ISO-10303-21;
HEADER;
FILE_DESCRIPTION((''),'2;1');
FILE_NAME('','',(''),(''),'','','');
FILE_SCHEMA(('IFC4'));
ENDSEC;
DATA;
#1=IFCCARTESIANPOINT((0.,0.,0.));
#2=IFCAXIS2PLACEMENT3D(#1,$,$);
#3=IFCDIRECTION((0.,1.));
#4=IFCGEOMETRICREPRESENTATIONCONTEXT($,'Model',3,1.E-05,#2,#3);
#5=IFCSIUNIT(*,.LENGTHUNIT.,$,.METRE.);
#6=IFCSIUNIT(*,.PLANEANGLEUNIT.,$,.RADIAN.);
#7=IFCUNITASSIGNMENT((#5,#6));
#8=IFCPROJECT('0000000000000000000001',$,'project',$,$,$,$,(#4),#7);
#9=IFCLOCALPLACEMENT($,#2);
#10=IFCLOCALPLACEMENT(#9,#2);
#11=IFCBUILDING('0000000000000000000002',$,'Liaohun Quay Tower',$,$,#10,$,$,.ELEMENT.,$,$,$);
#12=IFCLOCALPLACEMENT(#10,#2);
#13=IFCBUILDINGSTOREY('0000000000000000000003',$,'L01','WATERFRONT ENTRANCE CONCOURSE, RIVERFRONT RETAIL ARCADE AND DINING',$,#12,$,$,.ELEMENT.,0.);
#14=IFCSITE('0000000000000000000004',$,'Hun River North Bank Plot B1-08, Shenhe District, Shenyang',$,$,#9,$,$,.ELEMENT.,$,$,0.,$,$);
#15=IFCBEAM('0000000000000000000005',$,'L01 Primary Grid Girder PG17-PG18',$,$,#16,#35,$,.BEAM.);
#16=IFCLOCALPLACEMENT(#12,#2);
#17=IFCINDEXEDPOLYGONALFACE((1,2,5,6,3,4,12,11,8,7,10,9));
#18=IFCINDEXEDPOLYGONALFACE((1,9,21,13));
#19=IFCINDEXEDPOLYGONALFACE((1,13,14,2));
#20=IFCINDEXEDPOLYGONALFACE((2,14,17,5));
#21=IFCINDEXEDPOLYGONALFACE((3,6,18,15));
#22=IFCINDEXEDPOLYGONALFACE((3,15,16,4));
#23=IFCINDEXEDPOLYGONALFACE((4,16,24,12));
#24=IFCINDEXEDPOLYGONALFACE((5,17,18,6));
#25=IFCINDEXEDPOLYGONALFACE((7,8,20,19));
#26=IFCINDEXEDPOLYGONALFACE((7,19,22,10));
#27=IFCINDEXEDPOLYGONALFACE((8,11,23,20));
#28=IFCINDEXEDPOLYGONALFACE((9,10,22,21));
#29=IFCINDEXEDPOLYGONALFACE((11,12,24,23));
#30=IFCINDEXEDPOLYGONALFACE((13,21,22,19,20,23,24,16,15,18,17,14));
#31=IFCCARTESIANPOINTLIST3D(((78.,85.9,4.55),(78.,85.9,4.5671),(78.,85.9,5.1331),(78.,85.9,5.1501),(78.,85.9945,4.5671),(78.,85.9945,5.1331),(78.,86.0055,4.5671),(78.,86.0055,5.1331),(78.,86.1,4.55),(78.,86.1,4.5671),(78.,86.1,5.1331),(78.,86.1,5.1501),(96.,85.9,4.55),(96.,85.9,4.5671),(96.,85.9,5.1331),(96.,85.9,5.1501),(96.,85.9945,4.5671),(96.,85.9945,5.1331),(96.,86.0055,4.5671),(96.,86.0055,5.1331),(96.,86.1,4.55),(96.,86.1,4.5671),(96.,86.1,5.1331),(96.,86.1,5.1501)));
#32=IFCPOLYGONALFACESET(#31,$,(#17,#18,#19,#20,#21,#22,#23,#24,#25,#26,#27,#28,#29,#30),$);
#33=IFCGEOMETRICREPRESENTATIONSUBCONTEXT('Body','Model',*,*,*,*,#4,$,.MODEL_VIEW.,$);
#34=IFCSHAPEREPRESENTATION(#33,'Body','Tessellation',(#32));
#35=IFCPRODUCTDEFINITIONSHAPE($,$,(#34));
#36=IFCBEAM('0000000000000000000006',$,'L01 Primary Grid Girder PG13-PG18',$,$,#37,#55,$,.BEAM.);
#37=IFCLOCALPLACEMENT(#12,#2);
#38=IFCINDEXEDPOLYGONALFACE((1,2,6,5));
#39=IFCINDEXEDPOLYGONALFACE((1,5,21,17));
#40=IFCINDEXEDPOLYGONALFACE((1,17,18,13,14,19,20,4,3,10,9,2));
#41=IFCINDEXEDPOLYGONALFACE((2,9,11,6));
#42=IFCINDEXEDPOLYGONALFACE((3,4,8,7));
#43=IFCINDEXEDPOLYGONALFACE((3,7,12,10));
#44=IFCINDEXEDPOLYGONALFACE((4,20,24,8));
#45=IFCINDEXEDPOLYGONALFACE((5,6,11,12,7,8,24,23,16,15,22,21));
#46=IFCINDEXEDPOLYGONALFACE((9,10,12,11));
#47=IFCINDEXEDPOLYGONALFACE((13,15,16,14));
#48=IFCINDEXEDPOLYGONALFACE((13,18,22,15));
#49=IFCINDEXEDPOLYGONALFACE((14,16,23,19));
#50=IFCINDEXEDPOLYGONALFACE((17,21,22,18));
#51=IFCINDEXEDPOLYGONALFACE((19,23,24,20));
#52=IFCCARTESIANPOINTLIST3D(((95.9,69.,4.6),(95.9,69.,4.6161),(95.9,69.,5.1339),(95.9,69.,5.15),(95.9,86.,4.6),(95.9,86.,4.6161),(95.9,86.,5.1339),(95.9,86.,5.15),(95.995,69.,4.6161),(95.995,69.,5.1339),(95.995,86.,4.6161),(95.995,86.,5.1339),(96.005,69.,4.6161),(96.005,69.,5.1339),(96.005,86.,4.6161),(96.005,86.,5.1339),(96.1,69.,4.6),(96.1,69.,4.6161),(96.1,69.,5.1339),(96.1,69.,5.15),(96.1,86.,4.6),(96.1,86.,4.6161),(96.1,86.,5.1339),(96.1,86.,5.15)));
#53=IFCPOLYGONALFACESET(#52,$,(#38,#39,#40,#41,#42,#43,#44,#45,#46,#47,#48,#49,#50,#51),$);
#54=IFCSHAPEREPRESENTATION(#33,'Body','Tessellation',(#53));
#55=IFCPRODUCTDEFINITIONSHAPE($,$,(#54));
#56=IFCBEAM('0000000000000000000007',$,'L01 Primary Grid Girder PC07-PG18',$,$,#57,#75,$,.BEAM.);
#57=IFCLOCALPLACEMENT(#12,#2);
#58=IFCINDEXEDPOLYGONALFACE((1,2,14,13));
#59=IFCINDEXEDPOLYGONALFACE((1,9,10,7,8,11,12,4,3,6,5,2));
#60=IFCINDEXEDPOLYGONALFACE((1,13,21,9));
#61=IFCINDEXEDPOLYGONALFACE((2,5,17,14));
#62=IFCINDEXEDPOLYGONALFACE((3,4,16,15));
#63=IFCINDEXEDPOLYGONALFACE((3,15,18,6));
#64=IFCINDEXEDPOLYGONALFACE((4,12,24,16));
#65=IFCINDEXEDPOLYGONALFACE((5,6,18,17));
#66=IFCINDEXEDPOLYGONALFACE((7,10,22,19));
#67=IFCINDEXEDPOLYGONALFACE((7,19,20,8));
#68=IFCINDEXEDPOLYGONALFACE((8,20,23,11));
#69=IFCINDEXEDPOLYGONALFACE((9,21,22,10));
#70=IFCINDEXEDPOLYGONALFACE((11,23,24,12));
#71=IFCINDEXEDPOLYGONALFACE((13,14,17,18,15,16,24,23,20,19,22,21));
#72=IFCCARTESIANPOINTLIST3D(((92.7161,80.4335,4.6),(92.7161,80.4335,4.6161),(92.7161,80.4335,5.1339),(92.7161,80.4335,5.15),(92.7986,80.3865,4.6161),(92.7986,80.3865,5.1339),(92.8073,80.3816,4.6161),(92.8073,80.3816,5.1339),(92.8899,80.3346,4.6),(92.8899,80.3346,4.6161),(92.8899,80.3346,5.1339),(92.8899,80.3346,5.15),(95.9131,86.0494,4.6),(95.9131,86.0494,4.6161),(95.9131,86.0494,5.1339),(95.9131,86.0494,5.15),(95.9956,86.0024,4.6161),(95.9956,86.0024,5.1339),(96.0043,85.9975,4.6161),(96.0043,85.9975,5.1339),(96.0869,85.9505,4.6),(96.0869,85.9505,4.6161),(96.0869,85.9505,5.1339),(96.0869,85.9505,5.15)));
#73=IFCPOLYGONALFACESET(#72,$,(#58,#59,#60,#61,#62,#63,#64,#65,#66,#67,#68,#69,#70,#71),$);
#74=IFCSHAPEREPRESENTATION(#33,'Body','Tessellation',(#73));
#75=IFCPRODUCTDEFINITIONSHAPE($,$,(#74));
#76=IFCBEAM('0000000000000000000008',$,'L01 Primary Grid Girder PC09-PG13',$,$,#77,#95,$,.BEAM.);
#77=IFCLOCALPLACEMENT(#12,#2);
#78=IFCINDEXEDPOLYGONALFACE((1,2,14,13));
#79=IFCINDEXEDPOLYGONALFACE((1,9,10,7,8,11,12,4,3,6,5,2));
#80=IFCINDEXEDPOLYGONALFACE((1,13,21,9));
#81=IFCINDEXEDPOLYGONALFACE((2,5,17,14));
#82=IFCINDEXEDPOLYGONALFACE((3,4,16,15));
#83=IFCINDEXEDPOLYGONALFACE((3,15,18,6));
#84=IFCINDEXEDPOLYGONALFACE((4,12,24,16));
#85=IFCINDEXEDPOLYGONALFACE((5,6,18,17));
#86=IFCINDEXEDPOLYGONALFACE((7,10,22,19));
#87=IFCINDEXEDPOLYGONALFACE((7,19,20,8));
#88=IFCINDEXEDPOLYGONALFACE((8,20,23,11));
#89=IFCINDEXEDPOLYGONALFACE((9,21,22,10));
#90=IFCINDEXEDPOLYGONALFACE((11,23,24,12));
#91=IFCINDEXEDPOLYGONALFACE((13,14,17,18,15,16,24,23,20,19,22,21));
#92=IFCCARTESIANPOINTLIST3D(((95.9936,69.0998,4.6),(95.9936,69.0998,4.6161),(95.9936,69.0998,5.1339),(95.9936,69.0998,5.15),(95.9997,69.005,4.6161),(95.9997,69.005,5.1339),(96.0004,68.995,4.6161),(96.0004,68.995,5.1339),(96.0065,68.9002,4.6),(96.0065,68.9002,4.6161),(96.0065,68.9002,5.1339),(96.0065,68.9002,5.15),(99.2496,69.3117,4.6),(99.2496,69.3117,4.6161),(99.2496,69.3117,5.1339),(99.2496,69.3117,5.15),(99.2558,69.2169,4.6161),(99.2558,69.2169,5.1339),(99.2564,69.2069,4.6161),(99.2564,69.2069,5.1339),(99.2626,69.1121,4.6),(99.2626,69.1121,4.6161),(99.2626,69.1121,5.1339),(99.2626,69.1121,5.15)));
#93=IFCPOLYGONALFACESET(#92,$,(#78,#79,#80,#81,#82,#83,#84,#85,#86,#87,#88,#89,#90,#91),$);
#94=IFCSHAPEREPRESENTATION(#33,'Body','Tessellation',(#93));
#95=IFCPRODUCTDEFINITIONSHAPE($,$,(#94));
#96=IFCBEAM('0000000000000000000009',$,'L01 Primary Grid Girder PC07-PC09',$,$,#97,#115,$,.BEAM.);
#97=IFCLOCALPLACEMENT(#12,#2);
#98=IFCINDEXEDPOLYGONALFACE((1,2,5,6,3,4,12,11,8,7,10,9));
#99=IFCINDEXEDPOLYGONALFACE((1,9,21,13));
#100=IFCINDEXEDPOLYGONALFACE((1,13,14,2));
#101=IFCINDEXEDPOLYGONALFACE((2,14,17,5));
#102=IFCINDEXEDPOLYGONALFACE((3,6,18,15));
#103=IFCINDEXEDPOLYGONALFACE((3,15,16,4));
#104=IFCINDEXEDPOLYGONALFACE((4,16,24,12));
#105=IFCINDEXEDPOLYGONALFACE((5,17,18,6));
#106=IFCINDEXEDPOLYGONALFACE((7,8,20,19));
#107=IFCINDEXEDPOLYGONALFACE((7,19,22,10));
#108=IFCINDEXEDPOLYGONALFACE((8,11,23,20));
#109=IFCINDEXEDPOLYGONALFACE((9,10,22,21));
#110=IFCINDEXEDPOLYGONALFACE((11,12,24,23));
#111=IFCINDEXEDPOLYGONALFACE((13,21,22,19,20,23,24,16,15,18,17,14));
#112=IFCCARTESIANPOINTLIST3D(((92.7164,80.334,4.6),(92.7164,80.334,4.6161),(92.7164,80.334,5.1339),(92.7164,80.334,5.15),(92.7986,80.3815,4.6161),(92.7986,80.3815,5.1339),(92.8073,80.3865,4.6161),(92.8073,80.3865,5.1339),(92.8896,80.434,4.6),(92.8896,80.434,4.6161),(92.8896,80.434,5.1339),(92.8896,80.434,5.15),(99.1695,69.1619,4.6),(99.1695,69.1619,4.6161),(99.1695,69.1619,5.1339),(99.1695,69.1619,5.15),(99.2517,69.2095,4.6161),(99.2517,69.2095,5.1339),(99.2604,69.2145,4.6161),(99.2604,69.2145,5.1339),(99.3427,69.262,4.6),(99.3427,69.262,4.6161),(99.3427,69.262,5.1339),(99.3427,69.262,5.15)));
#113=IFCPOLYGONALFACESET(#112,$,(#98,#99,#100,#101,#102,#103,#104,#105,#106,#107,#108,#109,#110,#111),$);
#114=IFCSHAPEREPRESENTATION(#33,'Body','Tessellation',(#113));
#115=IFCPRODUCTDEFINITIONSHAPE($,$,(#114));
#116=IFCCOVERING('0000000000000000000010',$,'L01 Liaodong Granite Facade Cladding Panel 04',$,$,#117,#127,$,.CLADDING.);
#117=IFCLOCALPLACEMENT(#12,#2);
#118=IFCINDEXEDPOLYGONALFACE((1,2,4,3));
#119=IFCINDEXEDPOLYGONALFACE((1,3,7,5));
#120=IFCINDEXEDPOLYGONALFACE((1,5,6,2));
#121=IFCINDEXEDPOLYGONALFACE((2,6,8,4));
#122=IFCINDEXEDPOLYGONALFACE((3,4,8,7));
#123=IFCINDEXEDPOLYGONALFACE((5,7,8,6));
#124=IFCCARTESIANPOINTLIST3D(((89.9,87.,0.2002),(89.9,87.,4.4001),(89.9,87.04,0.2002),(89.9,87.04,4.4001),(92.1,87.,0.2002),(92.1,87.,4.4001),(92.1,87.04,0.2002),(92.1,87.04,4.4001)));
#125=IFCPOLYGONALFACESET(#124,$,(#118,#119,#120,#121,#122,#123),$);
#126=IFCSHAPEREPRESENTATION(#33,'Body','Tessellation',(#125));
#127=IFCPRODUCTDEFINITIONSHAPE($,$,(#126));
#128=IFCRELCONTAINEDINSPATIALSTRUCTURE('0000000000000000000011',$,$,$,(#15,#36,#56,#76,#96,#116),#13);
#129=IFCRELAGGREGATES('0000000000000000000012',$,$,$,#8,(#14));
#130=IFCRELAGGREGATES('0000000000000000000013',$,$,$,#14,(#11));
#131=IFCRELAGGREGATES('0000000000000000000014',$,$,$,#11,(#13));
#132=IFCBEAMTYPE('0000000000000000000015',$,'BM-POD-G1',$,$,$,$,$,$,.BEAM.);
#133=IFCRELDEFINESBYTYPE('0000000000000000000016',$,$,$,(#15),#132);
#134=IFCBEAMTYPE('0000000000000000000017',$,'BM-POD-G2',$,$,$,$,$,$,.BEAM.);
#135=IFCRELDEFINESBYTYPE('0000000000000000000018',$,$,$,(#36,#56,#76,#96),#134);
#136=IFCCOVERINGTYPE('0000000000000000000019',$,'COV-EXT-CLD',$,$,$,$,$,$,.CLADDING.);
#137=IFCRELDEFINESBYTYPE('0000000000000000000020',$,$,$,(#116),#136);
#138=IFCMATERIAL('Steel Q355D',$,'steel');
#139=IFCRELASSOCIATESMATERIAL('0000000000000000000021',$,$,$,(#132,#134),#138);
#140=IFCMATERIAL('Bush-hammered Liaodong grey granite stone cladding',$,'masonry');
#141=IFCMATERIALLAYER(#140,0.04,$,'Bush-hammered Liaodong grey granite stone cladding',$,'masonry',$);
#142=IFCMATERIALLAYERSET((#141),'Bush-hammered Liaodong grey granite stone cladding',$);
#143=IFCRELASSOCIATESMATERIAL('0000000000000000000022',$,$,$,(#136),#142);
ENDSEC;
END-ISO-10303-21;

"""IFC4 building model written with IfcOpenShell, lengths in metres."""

from ifc_helpers import new_model, si_unit, direction, frame, origin, origin_2d, place, context, subcontext, project, spatial, rectangle, i_section, extrude, source, transform, mapped, material, layer, layer_set, material_profile, profile_set, type_object, element, save


model = new_model("IFC4")

# Units and contexts
model_context = context("Model", 3, precision=1e-05, world=origin(), true_north=direction((0.0, 1.0)))
body_context = subcontext(model_context, "Body", "Model", "MODEL_VIEW")
ifc_project = project(units=[si_unit("LENGTHUNIT", "METRE"), si_unit("PLANEANGLEUNIT", "RADIAN")], contexts=[model_context])

# Site, building, storey
site_placement = place(None, origin())
site = spatial("IfcSite", under=ifc_project, at=site_placement, Name="Hun River North Bank Plot B1-08, Shenhe District, Shenyang", CompositionType="ELEMENT", RefElevation=0.0)
building_placement = place(site_placement, origin())
building = spatial("IfcBuilding", under=site, at=building_placement, Name="Liaohun Quay Tower", CompositionType="ELEMENT")
storey_placement = place(building_placement, origin())
storey = spatial("IfcBuildingStorey", under=building, at=storey_placement, Name="L01", Description="WATERFRONT ENTRANCE CONCOURSE, RIVERFRONT RETAIL ARCADE AND DINING", CompositionType="ELEMENT", Elevation=0.0)

# Beams
ifc_material_1 = material(Name="Steel Q355D", Category="steel")
ifc_material_profile_1 = material_profile(ifc_material_1, i_section(OverallWidth=0.2, OverallDepth=0.6001, WebThickness=0.011, FlangeThickness=0.0171, at=origin_2d()), Name="HN600x200x11x17")
ifc_profile_set_1 = profile_set([ifc_material_profile_1], Name="Steel Q355D")
beam_type_1 = type_object("IfcBeamType", Name="BM-POD-G1", PredefinedType="BEAM", material=ifc_profile_set_1)
shared_shape_1 = source(origin(), body_context, "Body", "SweptSolid", [
    extrude(i_section(OverallWidth=0.2, OverallDepth=0.6001, WebThickness=0.011, FlangeThickness=0.0171, at=origin_2d()), origin(), (0.0, 0.0, 1.0), 18.0),
])
beam_1_placement = place(storey_placement, frame((78.0, 86.0, 4.8501), z_axis=(1.0, 0.0, 0.0), x_axis=(0.0, 1.0, 0.0)))
element("IfcBeam", 1, at=beam_1_placement, inside=storey, type_object=beam_type_1, Name="L01 Primary Grid Girder PG17-PG18", PredefinedType="BEAM", context=body_context, shape_type="MappedRepresentation", body=[
    mapped(shared_shape_1, transform((0.0, 0.0, 0.0), x_axis=(1.0, 0.0, 0.0), y_axis=(0.0, 1.0, 0.0), z_axis=(0.0, 0.0, 1.0), scale=1.0)),
])
ifc_material_profile_2 = material_profile(ifc_material_1, i_section(OverallWidth=0.2, OverallDepth=0.55, WebThickness=0.01, FlangeThickness=0.0161, at=origin_2d()), Name="HN550x200x10x16")
ifc_profile_set_2 = profile_set([ifc_material_profile_2], Name="Steel Q355D")
beam_type_2 = type_object("IfcBeamType", Name="BM-POD-G2", PredefinedType="BEAM", material=ifc_profile_set_2)
shared_shape_2 = source(origin(), body_context, "Body", "SweptSolid", [
    extrude(i_section(OverallWidth=0.2, OverallDepth=0.55, WebThickness=0.01, FlangeThickness=0.0161, at=origin_2d()), origin(), (0.0, 0.0, 1.0), 17.0),
])
beam_2_placement = place(storey_placement, frame((96.0, 69.0, 4.875), z_axis=(0.0, 1.0, 0.0), x_axis=(-1.0, 0.0, 0.0)))
element("IfcBeam", 2, at=beam_2_placement, inside=storey, type_object=beam_type_2, Name="L01 Primary Grid Girder PG13-PG18", PredefinedType="BEAM", context=body_context, shape_type="MappedRepresentation", body=[
    mapped(shared_shape_2, transform((0.0, 0.0, 0.0), x_axis=(1.0, 0.0, 0.0), y_axis=(0.0, 1.0, 0.0), z_axis=(0.0, 0.0, 1.0), scale=1.0)),
])
shared_shape_3 = source(origin(), body_context, "Body", "SweptSolid", [
    extrude(i_section(OverallWidth=0.2, OverallDepth=0.55, WebThickness=0.01, FlangeThickness=0.0161, at=origin_2d()), origin(), (0.0, 0.0, 1.0), 6.4622),
])
beam_3_placement = place(storey_placement, frame((92.803, 80.384, 4.875), z_axis=(0.494726, 0.869049, 0.0), x_axis=(-0.869049, 0.494726, 0.0)))
element("IfcBeam", 3, at=beam_3_placement, inside=storey, type_object=beam_type_2, Name="L01 Primary Grid Girder PC07-PG18", PredefinedType="BEAM", context=body_context, shape_type="MappedRepresentation", body=[
    mapped(shared_shape_3, transform((0.0, 0.0, 0.0), x_axis=(1.0, 0.0, 0.0), y_axis=(0.0, 1.0, 0.0), z_axis=(0.0, 0.0, 1.0), scale=1.0)),
])
shared_shape_4 = source(origin(), body_context, "Body", "SweptSolid", [
    extrude(i_section(OverallWidth=0.2, OverallDepth=0.55, WebThickness=0.01, FlangeThickness=0.0161, at=origin_2d()), origin(), (0.0, 0.0, 1.0), 3.2629),
])
beam_4_placement = place(storey_placement, frame((99.2561, 69.2119, 4.875), z_axis=(-0.997889, -0.064945, 0.0), x_axis=(0.064945, -0.997889, 0.0)))
element("IfcBeam", 4, at=beam_4_placement, inside=storey, type_object=beam_type_2, Name="L01 Primary Grid Girder PC09-PG13", PredefinedType="BEAM", context=body_context, shape_type="MappedRepresentation", body=[
    mapped(shared_shape_4, transform((0.0, 0.0, 0.0), x_axis=(1.0, 0.0, 0.0), y_axis=(0.0, 1.0, 0.0), z_axis=(0.0, 0.0, 1.0), scale=1.0)),
])
shared_shape_5 = source(origin(), body_context, "Body", "SweptSolid", [
    extrude(i_section(OverallWidth=0.2, OverallDepth=0.55, WebThickness=0.01, FlangeThickness=0.0161, at=origin_2d()), origin(), (0.0, 0.0, 1.0), 12.9019),
])
beam_5_placement = place(storey_placement, frame((92.803, 80.384, 4.875), z_axis=(0.500169, -0.865928, 0.0), x_axis=(0.865928, 0.500169, 0.0)))
element("IfcBeam", 5, at=beam_5_placement, inside=storey, type_object=beam_type_2, Name="L01 Primary Grid Girder PC07-PC09", PredefinedType="BEAM", context=body_context, shape_type="MappedRepresentation", body=[
    mapped(shared_shape_5, transform((0.0, 0.0, 0.0), x_axis=(1.0, 0.0, 0.0), y_axis=(0.0, 1.0, 0.0), z_axis=(0.0, 0.0, 1.0), scale=1.0)),
])

# Covering
ifc_material_2 = material(Name="Bush-hammered Liaodong grey granite stone cladding", Category="masonry")
ifc_layer_1 = layer(ifc_material_2, 0.04, Name="Bush-hammered Liaodong grey granite stone cladding", Category="masonry")
ifc_layer_set_1 = layer_set([ifc_layer_1], Name="Bush-hammered Liaodong grey granite stone cladding")
covering_type = type_object("IfcCoveringType", Name="COV-EXT-CLD", PredefinedType="CLADDING", material=ifc_layer_set_1)
shared_shape_6 = source(origin(), body_context, "Body", "SweptSolid", [
    extrude(rectangle(XDim=2.2, YDim=0.04, at=origin_2d()), origin(), (0.0, 0.0, 1.0), 4.2),
])
covering_placement = place(storey_placement, frame((91.0, 87.02, 0.2002), z_axis=(0.0, 0.0, 1.0), x_axis=(1.0, 0.0, 0.0)))
element("IfcCovering", 6, at=covering_placement, inside=storey, type_object=covering_type, Name="L01 Liaodong Granite Facade Cladding Panel 04", PredefinedType="CLADDING", context=body_context, shape_type="MappedRepresentation", body=[
    mapped(shared_shape_6, transform((0.0, 0.0, 0.0), x_axis=(1.0, 0.0, 0.0), y_axis=(0.0, 1.0, 0.0), z_axis=(0.0, 0.0, 1.0), scale=1.0)),
])

save(model, "model.ifc")
